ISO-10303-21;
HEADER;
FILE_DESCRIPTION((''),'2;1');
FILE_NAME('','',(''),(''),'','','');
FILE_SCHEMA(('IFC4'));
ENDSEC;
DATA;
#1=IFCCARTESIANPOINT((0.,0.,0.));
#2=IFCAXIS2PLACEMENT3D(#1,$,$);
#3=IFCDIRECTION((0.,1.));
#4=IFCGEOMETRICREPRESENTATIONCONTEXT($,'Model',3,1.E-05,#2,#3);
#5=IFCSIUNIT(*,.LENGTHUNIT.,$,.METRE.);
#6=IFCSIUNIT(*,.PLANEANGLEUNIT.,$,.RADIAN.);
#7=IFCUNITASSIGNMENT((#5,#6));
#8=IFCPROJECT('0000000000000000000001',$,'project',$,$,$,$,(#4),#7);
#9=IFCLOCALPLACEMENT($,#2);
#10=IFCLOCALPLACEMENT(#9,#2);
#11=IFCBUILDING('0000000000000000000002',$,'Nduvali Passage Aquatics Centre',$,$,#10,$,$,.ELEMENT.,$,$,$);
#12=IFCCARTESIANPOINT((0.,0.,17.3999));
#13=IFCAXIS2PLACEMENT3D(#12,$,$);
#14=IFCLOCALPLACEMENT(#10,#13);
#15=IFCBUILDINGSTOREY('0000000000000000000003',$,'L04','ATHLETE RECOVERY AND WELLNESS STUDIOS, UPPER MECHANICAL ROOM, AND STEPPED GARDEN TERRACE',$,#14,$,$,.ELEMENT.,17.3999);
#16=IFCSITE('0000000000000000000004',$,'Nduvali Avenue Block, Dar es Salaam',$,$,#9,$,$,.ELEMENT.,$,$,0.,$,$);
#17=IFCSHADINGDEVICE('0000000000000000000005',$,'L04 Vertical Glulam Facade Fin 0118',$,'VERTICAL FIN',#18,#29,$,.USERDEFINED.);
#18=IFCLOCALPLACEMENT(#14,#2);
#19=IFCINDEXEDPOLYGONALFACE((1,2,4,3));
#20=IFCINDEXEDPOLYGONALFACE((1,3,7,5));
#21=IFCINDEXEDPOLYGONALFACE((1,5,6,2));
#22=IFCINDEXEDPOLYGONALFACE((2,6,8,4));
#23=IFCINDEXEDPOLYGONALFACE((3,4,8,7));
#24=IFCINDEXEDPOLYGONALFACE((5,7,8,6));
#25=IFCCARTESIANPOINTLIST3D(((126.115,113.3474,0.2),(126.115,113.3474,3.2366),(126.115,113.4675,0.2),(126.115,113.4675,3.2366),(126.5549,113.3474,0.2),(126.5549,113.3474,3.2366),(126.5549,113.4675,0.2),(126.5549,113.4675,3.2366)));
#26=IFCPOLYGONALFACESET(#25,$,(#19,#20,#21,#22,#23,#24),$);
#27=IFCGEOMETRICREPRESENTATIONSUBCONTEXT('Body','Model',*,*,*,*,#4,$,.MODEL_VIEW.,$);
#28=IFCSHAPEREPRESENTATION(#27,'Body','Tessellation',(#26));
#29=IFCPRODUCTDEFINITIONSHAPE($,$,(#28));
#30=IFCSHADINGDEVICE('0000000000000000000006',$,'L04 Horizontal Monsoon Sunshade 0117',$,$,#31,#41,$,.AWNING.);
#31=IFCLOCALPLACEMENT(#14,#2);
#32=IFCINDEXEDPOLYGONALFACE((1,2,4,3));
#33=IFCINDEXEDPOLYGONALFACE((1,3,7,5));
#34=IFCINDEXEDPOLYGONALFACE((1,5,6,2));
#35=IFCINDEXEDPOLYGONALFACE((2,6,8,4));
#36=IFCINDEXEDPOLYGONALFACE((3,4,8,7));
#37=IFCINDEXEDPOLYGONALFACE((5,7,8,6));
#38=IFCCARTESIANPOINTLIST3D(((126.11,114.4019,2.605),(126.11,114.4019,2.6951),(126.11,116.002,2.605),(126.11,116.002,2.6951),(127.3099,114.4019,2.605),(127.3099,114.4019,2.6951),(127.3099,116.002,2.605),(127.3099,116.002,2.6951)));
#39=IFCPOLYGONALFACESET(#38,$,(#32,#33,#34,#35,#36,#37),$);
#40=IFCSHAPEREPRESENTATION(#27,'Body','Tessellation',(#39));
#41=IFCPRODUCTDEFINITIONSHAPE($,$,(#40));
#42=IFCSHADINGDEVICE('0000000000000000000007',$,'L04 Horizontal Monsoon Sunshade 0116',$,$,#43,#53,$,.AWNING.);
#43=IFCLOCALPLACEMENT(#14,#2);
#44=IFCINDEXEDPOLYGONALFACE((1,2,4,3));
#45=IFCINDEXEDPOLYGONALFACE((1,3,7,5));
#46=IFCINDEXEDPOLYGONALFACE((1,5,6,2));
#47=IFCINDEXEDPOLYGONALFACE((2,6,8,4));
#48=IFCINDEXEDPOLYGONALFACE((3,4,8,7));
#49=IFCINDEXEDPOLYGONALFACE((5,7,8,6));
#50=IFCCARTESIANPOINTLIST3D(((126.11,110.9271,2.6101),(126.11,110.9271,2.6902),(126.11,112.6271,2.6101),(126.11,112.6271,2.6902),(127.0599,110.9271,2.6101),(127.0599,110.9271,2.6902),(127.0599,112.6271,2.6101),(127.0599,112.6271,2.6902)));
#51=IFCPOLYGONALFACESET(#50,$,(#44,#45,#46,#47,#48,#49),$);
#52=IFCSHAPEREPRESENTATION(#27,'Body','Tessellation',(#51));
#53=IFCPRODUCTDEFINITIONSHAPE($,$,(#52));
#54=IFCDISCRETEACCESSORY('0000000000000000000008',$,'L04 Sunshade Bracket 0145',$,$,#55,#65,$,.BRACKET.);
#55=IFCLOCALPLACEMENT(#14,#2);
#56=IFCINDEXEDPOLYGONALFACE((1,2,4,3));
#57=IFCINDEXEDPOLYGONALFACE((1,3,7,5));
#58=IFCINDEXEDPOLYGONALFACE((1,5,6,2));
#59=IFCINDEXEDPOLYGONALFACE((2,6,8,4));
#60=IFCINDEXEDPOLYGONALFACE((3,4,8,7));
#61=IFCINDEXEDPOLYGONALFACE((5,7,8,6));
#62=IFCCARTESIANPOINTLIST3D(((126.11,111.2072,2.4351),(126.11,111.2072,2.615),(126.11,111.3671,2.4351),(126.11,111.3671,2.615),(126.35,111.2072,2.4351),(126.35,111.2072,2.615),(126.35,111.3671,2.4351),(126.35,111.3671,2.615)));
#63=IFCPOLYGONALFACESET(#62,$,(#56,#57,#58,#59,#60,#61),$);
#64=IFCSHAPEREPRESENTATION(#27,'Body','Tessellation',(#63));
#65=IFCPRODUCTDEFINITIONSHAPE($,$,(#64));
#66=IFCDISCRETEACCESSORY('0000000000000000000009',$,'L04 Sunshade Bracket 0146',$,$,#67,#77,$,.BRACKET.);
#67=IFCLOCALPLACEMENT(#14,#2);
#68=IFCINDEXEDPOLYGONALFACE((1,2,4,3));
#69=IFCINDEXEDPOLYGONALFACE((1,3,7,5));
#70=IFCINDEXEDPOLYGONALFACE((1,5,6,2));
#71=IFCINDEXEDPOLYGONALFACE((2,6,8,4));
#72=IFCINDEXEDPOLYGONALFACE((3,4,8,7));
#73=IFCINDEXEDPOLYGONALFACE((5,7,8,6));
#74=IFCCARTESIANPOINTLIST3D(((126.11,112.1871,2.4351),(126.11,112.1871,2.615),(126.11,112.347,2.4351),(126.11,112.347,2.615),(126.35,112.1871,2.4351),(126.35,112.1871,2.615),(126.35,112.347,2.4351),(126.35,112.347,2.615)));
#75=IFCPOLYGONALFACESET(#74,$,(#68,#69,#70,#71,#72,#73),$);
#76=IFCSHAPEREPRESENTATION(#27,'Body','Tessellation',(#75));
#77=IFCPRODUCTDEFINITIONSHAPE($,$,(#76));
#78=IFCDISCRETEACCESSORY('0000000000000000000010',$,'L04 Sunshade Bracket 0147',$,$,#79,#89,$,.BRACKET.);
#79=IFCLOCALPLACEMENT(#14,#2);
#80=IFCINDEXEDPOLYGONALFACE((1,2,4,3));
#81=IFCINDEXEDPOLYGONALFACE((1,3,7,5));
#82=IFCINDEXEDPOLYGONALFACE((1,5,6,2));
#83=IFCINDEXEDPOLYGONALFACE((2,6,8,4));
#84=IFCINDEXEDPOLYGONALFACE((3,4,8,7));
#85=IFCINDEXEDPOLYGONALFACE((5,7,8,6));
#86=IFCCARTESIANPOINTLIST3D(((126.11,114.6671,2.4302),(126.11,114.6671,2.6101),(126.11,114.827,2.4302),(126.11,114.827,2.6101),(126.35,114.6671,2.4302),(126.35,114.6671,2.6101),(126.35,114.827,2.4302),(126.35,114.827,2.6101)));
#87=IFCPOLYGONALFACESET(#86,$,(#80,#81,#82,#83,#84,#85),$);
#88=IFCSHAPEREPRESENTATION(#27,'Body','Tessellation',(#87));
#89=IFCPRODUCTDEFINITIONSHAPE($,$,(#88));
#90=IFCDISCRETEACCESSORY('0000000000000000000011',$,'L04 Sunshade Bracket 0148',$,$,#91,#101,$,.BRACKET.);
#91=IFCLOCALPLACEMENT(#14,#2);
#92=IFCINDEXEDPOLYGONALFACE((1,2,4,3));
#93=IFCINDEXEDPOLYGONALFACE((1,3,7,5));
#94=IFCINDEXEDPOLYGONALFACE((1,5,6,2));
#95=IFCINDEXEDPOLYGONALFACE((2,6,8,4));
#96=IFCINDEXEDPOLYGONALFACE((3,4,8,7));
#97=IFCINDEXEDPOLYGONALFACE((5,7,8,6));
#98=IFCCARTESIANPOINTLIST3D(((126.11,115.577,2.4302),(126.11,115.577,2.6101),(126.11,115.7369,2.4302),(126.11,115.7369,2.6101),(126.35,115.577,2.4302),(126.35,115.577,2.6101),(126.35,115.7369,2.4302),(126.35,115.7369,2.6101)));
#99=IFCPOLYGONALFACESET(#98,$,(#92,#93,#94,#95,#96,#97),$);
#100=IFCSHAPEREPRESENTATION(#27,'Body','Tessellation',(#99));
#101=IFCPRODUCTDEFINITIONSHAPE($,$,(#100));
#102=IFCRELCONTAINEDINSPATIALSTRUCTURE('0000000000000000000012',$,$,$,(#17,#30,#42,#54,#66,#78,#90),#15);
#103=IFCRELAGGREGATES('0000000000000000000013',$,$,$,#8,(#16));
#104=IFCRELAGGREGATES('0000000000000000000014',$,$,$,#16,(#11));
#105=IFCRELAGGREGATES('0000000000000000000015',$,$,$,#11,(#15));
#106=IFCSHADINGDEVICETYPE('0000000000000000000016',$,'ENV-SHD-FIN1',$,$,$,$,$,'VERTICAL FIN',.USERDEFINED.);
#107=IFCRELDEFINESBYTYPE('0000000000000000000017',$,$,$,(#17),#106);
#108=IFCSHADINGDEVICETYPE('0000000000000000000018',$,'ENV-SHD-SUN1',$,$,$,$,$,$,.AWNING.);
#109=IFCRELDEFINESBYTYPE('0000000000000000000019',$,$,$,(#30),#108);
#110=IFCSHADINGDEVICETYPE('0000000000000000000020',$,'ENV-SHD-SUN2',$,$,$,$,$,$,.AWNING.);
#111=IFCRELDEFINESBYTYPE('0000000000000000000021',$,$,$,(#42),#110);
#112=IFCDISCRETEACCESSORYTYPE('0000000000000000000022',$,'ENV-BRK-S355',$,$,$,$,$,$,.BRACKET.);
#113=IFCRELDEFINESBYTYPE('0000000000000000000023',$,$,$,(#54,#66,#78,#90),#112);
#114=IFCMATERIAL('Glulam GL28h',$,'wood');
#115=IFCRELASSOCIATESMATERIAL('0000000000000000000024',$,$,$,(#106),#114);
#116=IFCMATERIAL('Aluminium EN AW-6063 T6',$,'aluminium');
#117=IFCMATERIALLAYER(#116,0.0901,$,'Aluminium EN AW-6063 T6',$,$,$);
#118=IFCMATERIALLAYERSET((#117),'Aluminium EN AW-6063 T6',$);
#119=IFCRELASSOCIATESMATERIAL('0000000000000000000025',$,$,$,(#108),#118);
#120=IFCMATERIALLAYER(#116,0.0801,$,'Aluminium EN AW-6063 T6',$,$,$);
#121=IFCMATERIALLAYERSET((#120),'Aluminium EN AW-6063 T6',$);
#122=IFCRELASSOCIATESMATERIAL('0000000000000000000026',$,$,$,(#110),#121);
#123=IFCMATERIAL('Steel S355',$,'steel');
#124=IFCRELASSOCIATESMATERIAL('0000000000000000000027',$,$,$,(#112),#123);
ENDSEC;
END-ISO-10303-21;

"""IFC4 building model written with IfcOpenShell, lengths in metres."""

from ifc_helpers import new_model, si_unit, direction, frame, origin, origin_2d, place, context, subcontext, project, spatial, rectangle, extrude, material, layer, layer_set, type_object, element, save


model = new_model("IFC4")

# Units and contexts
model_context = context("Model", 3, precision=1e-05, world=origin(), true_north=direction((0.0, 1.0)))
body_context = subcontext(model_context, "Body", "Model", "MODEL_VIEW")
ifc_project = project(units=[si_unit("LENGTHUNIT", "METRE"), si_unit("PLANEANGLEUNIT", "RADIAN")], contexts=[model_context])

# Site, building, storey
site_placement = place(None, origin())
site = spatial("IfcSite", under=ifc_project, at=site_placement, Name="Nduvali Avenue Block, Dar es Salaam", CompositionType="ELEMENT", RefElevation=0.0)
building_placement = place(site_placement, origin())
building = spatial("IfcBuilding", under=site, at=building_placement, Name="Nduvali Passage Aquatics Centre", CompositionType="ELEMENT")
storey_placement = place(building_placement, frame((0.0, 0.0, 17.3999)))
storey = spatial("IfcBuildingStorey", under=building, at=storey_placement, Name="L04", Description="ATHLETE RECOVERY AND WELLNESS STUDIOS, UPPER MECHANICAL ROOM, AND STEPPED GARDEN TERRACE", CompositionType="ELEMENT", Elevation=17.3999)

# Shared definitions
ifc_material_1 = material(Name="Steel S355", Category="steel")

# Shared definitions
ifc_material_2 = material(Name="Aluminium EN AW-6063 T6", Category="aluminium")

# Shading devices
ifc_material_3 = material(Name="Glulam GL28h", Category="wood")
shading_device_type_1 = type_object("IfcShadingDeviceType", Name="ENV-SHD-FIN1", ElementType="VERTICAL FIN", PredefinedType="USERDEFINED", material=ifc_material_3)
shading_device_1_placement = place(storey_placement, frame((126.335, 113.4075, 0.2), z_axis=(0.0, 0.0, 1.0), x_axis=(0.0, 1.0, 0.0)))
element("IfcShadingDevice", 1, at=shading_device_1_placement, inside=storey, type_object=shading_device_type_1, Name="L04 Vertical Glulam Facade Fin 0118", ObjectType="VERTICAL FIN", PredefinedType="USERDEFINED", context=body_context, shape_type="SweptSolid", body=[
    extrude(rectangle(XDim=0.1201, YDim=0.4399, at=origin_2d()), origin(), (0.0, 0.0, 1.0), 3.0366),
])
ifc_layer_1 = layer(ifc_material_2, 0.0901, Name="Aluminium EN AW-6063 T6")
ifc_layer_set_1 = layer_set([ifc_layer_1], Name="Aluminium EN AW-6063 T6")
shading_device_type_2 = type_object("IfcShadingDeviceType", Name="ENV-SHD-SUN1", PredefinedType="AWNING", material=ifc_layer_set_1)
shading_device_2_placement = place(storey_placement, frame((126.71, 115.2019, 2.605), z_axis=(0.0, 0.0, 1.0), x_axis=(0.0, 1.0, 0.0)))
element("IfcShadingDevice", 2, at=shading_device_2_placement, inside=storey, type_object=shading_device_type_2, Name="L04 Horizontal Monsoon Sunshade 0117", PredefinedType="AWNING", context=body_context, shape_type="SweptSolid", body=[
    extrude(rectangle(XDim=1.6001, YDim=1.2, at=origin_2d()), origin(), (0.0, 0.0, 1.0), 0.0901),
])
ifc_layer_2 = layer(ifc_material_2, 0.0801, Name="Aluminium EN AW-6063 T6")
ifc_layer_set_2 = layer_set([ifc_layer_2], Name="Aluminium EN AW-6063 T6")
shading_device_type_3 = type_object("IfcShadingDeviceType", Name="ENV-SHD-SUN2", PredefinedType="AWNING", material=ifc_layer_set_2)
shading_device_3_placement = place(storey_placement, frame((126.585, 111.7771, 2.6101), z_axis=(0.0, 0.0, 1.0), x_axis=(0.0, 1.0, 0.0)))
element("IfcShadingDevice", 3, at=shading_device_3_placement, inside=storey, type_object=shading_device_type_3, Name="L04 Horizontal Monsoon Sunshade 0116", PredefinedType="AWNING", context=body_context, shape_type="SweptSolid", body=[
    extrude(rectangle(XDim=1.7, YDim=0.95, at=origin_2d()), origin(), (0.0, 0.0, 1.0), 0.0801),
])

# Discrete accessories
discrete_accessory_type = type_object("IfcDiscreteAccessoryType", Name="ENV-BRK-S355", PredefinedType="BRACKET", material=ifc_material_1)
for number, where, z_axis, x_axis, name in (
    (4, (126.23, 111.2871, 2.4351), (0.0, 0.0, 1.0), (0.0, 1.0, 0.0), "L04 Sunshade Bracket 0145"),
    (5, (126.23, 112.2671, 2.4351), (0.0, 0.0, 1.0), (0.0, 1.0, 0.0), "L04 Sunshade Bracket 0146"),
    (6, (126.23, 114.7471, 2.4302), (0.0, 0.0, 1.0), (0.0, 1.0, 0.0), "L04 Sunshade Bracket 0147"),
    (7, (126.23, 115.657, 2.4302), (0.0, 0.0, 1.0), (0.0, 1.0, 0.0), "L04 Sunshade Bracket 0148"),
):
    element("IfcDiscreteAccessory", number, at=place(storey_placement, frame(where, z_axis=z_axis, x_axis=x_axis)), inside=storey, type_object=discrete_accessory_type, Name=name, PredefinedType="BRACKET", context=body_context, shape_type="SweptSolid", body=[
        extrude(rectangle(XDim=0.1599, YDim=0.24, at=origin_2d()), origin(), (0.0, 0.0, 1.0), 0.1799),
    ])

save(model, "model.ifc")
